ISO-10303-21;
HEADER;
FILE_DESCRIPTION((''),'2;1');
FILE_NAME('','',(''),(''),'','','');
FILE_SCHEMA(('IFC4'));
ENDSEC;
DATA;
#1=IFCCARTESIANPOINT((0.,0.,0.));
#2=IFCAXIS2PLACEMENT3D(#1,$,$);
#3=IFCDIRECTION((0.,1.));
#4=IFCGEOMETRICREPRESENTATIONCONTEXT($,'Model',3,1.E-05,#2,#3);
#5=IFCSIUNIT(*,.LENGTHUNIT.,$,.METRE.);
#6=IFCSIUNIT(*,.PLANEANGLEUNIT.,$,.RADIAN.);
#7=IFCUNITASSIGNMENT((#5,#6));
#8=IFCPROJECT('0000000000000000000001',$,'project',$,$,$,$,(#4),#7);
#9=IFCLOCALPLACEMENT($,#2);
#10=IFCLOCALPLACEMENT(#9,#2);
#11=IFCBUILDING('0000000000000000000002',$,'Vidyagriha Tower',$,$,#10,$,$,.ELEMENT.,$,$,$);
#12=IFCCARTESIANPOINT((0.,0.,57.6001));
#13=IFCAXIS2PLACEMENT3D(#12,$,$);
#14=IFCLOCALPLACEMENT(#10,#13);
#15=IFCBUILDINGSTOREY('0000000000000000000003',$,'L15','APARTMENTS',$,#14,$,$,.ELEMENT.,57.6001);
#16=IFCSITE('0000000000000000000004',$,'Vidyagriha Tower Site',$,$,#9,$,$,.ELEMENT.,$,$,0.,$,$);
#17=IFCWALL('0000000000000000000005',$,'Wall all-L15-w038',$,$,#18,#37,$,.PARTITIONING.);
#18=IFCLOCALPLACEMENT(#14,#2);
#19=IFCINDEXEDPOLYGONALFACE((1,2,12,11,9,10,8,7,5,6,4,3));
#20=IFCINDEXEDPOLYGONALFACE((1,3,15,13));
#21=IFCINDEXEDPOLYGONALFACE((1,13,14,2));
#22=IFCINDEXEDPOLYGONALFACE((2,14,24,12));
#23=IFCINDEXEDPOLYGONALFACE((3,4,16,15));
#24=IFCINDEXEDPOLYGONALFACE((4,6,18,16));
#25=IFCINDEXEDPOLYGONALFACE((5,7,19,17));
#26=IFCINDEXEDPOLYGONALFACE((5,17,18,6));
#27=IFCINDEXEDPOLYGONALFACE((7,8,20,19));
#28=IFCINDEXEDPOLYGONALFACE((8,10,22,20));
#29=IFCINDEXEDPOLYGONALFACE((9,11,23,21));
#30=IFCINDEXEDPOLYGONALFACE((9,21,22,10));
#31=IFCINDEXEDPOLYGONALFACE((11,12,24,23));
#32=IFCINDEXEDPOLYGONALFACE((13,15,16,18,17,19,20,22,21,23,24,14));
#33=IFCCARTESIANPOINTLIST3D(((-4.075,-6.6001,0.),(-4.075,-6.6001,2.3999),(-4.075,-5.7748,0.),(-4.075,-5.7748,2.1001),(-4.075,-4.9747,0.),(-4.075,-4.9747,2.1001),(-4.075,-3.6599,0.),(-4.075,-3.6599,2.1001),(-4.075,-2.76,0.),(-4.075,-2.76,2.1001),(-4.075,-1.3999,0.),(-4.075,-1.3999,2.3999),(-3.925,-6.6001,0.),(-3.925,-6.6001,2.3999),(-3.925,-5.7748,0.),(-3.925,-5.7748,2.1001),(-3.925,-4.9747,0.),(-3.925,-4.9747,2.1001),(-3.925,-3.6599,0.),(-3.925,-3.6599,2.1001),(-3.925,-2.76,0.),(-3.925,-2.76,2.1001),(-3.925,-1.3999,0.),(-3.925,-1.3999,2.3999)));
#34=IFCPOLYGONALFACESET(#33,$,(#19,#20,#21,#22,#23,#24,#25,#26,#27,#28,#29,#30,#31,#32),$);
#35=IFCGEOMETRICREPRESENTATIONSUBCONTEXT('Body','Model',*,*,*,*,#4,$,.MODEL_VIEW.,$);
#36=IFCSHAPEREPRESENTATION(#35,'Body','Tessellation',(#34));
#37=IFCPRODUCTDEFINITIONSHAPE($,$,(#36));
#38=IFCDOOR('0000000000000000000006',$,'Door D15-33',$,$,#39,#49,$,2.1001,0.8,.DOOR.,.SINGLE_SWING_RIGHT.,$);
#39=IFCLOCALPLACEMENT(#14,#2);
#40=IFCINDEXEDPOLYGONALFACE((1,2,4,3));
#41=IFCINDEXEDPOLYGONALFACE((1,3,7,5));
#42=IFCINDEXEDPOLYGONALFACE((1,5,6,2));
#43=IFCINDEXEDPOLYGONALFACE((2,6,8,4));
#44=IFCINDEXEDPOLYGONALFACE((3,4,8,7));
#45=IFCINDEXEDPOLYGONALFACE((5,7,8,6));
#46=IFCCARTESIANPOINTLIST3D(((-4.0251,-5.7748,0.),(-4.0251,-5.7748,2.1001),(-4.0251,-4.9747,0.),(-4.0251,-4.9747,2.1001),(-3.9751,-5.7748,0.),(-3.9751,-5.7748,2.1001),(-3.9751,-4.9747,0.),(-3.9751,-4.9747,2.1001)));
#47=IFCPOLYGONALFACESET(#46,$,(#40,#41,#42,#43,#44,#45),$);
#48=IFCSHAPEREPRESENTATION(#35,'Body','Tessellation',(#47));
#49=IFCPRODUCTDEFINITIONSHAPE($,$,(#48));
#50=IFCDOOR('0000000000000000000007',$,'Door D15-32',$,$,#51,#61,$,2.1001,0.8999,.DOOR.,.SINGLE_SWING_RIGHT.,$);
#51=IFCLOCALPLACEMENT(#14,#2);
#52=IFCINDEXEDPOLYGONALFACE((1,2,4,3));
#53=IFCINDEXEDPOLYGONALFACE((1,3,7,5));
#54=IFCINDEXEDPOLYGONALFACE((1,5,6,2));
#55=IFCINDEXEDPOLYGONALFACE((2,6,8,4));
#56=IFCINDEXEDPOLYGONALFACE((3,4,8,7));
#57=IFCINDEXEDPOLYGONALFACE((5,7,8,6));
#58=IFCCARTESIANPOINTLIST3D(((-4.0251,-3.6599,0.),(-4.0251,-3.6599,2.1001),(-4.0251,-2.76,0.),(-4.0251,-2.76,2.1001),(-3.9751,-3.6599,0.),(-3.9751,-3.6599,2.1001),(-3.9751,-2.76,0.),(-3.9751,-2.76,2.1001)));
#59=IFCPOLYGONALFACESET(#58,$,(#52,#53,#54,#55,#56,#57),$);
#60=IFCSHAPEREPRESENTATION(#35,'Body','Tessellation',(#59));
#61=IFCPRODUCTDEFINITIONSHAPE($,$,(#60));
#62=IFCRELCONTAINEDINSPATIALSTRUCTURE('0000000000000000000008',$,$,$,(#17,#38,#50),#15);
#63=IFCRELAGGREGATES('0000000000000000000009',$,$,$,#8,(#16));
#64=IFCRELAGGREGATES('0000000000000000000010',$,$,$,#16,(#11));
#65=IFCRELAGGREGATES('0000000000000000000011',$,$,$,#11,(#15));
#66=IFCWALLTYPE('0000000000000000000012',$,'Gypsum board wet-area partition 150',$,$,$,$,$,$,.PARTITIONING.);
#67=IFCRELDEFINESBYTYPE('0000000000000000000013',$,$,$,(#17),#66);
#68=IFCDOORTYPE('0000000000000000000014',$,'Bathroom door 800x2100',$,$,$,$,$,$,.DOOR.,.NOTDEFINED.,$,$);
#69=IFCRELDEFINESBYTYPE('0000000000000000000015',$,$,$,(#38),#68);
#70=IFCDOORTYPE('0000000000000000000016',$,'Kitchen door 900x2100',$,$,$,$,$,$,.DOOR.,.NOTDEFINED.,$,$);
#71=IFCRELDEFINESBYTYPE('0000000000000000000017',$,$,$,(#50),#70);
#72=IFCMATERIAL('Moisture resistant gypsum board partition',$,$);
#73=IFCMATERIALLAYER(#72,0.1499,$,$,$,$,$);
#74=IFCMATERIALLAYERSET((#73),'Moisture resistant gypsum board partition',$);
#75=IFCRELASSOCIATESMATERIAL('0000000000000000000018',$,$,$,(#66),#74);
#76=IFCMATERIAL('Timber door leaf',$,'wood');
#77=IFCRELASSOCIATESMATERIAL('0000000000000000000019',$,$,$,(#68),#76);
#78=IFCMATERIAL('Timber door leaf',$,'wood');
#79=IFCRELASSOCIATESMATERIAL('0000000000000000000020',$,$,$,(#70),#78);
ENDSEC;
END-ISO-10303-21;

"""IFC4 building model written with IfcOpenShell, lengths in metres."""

from ifc_helpers import new_model, si_unit, direction, frame, frame_2d, origin, place, context, subcontext, project, spatial, rectangle, extrude, material, layer, layer_set, type_object, element, fill, save


model = new_model("IFC4")

# Units and contexts
model_context = context("Model", 3, precision=1e-05, world=origin(), true_north=direction((0.0, 1.0)))
body_context = subcontext(model_context, "Body", "Model", "MODEL_VIEW")
ifc_project = project(units=[si_unit("LENGTHUNIT", "METRE"), si_unit("PLANEANGLEUNIT", "RADIAN")], contexts=[model_context])

# Site, building, storey
site_placement = place(None, origin())
site = spatial("IfcSite", under=ifc_project, at=site_placement, Name="Vidyagriha Tower Site", CompositionType="ELEMENT", RefElevation=0.0)
building_placement = place(site_placement, origin())
building = spatial("IfcBuilding", under=site, at=building_placement, Name="Vidyagriha Tower", CompositionType="ELEMENT")
storey_placement = place(building_placement, frame((0.0, 0.0, 57.6001)))
storey = spatial("IfcBuildingStorey", under=building, at=storey_placement, Name="L15", Description="APARTMENTS", CompositionType="ELEMENT", Elevation=57.6001)

# Wall, openings, doors
ifc_material_1 = material(Name="Moisture resistant gypsum board partition")
ifc_layer_1 = layer(ifc_material_1, 0.1499)
ifc_layer_set_1 = layer_set([ifc_layer_1], Name="Moisture resistant gypsum board partition")
wall_type_1 = type_object("IfcWallType", Name="Gypsum board wet-area partition 150", PredefinedType="PARTITIONING", material=ifc_layer_set_1)
ifc_material_2 = material(Name="Timber door leaf", Category="wood")
door_type_1 = type_object("IfcDoorType", Name="Bathroom door 800x2100", OperationType="NOTDEFINED", PredefinedType="DOOR", material=ifc_material_2)
ifc_material_3 = material(Name="Timber door leaf", Category="wood")
door_type_2 = type_object("IfcDoorType", Name="Kitchen door 900x2100", OperationType="NOTDEFINED", PredefinedType="DOOR", material=ifc_material_3)
wall_1_placement = place(storey_placement, frame((-4.0, -1.3999, 0.0), z_axis=(0.0, 0.0, 1.0), x_axis=(0.0, -1.0, 0.0)))
wall_1 = element("IfcWall", 1, at=wall_1_placement, inside=storey, type_object=wall_type_1, Name="Wall all-L15-w038", PredefinedType="PARTITIONING", context=body_context, shape_type="SweptSolid", body=[
    extrude(rectangle(XDim=5.2002, YDim=0.1499, at=frame_2d((2.6001, 0.0))), origin(), (0.0, 0.0, 1.0), 2.3999),
])
opening_1_placement = place(wall_1_placement, frame((1.3601, 0.0, 0.0)))
opening_1 = element("IfcOpeningElement", 2, at=opening_1_placement, cuts=wall_1, PredefinedType="OPENING", context=body_context, shape_type="SweptSolid", body=[
    extrude(rectangle(XDim=0.8999, YDim=2.1001, at=frame_2d((0.45, 1.05))), frame((0.0, 0.085, 0.0), z_axis=(0.0, -1.0, 0.0), x_axis=(1.0, 0.0, 0.0)), (0.0, 0.0, 1.0), 0.1699),
])
opening_2_placement = place(wall_1_placement, frame((3.575, 0.0, 0.0)))
opening_2 = element("IfcOpeningElement", 3, at=opening_2_placement, cuts=wall_1, PredefinedType="OPENING", context=body_context, shape_type="SweptSolid", body=[
    extrude(rectangle(XDim=0.8, YDim=2.1001, at=frame_2d((0.3999, 1.05))), frame((0.0, 0.085, 0.0), z_axis=(0.0, -1.0, 0.0), x_axis=(1.0, 0.0, 0.0)), (0.0, 0.0, 1.0), 0.1699),
])
door_1_placement = place(opening_2_placement, origin())
door_1 = element("IfcDoor", 4, at=door_1_placement, inside=storey, type_object=door_type_1, Name="Door D15-33", OperationType="SINGLE_SWING_RIGHT", OverallHeight=2.1001, OverallWidth=0.8, PredefinedType="DOOR", context=body_context, shape_type="SweptSolid", body=[
    extrude(rectangle(XDim=0.8, YDim=2.1001, at=frame_2d((0.3999, 1.05))), frame((0.0, 0.0249, 0.0), z_axis=(0.0, -1.0, 0.0), x_axis=(1.0, 0.0, 0.0)), (0.0, 0.0, 1.0), 0.05),
])
fill(opening_2, door_1)
door_2_placement = place(opening_1_placement, origin())
door_2 = element("IfcDoor", 5, at=door_2_placement, inside=storey, type_object=door_type_2, Name="Door D15-32", OperationType="SINGLE_SWING_RIGHT", OverallHeight=2.1001, OverallWidth=0.8999, PredefinedType="DOOR", context=body_context, shape_type="SweptSolid", body=[
    extrude(rectangle(XDim=0.8999, YDim=2.1001, at=frame_2d((0.45, 1.05))), frame((0.0, 0.0249, 0.0), z_axis=(0.0, -1.0, 0.0), x_axis=(1.0, 0.0, 0.0)), (0.0, 0.0, 1.0), 0.05),
])
fill(opening_1, door_2)

save(model, "model.ifc")
